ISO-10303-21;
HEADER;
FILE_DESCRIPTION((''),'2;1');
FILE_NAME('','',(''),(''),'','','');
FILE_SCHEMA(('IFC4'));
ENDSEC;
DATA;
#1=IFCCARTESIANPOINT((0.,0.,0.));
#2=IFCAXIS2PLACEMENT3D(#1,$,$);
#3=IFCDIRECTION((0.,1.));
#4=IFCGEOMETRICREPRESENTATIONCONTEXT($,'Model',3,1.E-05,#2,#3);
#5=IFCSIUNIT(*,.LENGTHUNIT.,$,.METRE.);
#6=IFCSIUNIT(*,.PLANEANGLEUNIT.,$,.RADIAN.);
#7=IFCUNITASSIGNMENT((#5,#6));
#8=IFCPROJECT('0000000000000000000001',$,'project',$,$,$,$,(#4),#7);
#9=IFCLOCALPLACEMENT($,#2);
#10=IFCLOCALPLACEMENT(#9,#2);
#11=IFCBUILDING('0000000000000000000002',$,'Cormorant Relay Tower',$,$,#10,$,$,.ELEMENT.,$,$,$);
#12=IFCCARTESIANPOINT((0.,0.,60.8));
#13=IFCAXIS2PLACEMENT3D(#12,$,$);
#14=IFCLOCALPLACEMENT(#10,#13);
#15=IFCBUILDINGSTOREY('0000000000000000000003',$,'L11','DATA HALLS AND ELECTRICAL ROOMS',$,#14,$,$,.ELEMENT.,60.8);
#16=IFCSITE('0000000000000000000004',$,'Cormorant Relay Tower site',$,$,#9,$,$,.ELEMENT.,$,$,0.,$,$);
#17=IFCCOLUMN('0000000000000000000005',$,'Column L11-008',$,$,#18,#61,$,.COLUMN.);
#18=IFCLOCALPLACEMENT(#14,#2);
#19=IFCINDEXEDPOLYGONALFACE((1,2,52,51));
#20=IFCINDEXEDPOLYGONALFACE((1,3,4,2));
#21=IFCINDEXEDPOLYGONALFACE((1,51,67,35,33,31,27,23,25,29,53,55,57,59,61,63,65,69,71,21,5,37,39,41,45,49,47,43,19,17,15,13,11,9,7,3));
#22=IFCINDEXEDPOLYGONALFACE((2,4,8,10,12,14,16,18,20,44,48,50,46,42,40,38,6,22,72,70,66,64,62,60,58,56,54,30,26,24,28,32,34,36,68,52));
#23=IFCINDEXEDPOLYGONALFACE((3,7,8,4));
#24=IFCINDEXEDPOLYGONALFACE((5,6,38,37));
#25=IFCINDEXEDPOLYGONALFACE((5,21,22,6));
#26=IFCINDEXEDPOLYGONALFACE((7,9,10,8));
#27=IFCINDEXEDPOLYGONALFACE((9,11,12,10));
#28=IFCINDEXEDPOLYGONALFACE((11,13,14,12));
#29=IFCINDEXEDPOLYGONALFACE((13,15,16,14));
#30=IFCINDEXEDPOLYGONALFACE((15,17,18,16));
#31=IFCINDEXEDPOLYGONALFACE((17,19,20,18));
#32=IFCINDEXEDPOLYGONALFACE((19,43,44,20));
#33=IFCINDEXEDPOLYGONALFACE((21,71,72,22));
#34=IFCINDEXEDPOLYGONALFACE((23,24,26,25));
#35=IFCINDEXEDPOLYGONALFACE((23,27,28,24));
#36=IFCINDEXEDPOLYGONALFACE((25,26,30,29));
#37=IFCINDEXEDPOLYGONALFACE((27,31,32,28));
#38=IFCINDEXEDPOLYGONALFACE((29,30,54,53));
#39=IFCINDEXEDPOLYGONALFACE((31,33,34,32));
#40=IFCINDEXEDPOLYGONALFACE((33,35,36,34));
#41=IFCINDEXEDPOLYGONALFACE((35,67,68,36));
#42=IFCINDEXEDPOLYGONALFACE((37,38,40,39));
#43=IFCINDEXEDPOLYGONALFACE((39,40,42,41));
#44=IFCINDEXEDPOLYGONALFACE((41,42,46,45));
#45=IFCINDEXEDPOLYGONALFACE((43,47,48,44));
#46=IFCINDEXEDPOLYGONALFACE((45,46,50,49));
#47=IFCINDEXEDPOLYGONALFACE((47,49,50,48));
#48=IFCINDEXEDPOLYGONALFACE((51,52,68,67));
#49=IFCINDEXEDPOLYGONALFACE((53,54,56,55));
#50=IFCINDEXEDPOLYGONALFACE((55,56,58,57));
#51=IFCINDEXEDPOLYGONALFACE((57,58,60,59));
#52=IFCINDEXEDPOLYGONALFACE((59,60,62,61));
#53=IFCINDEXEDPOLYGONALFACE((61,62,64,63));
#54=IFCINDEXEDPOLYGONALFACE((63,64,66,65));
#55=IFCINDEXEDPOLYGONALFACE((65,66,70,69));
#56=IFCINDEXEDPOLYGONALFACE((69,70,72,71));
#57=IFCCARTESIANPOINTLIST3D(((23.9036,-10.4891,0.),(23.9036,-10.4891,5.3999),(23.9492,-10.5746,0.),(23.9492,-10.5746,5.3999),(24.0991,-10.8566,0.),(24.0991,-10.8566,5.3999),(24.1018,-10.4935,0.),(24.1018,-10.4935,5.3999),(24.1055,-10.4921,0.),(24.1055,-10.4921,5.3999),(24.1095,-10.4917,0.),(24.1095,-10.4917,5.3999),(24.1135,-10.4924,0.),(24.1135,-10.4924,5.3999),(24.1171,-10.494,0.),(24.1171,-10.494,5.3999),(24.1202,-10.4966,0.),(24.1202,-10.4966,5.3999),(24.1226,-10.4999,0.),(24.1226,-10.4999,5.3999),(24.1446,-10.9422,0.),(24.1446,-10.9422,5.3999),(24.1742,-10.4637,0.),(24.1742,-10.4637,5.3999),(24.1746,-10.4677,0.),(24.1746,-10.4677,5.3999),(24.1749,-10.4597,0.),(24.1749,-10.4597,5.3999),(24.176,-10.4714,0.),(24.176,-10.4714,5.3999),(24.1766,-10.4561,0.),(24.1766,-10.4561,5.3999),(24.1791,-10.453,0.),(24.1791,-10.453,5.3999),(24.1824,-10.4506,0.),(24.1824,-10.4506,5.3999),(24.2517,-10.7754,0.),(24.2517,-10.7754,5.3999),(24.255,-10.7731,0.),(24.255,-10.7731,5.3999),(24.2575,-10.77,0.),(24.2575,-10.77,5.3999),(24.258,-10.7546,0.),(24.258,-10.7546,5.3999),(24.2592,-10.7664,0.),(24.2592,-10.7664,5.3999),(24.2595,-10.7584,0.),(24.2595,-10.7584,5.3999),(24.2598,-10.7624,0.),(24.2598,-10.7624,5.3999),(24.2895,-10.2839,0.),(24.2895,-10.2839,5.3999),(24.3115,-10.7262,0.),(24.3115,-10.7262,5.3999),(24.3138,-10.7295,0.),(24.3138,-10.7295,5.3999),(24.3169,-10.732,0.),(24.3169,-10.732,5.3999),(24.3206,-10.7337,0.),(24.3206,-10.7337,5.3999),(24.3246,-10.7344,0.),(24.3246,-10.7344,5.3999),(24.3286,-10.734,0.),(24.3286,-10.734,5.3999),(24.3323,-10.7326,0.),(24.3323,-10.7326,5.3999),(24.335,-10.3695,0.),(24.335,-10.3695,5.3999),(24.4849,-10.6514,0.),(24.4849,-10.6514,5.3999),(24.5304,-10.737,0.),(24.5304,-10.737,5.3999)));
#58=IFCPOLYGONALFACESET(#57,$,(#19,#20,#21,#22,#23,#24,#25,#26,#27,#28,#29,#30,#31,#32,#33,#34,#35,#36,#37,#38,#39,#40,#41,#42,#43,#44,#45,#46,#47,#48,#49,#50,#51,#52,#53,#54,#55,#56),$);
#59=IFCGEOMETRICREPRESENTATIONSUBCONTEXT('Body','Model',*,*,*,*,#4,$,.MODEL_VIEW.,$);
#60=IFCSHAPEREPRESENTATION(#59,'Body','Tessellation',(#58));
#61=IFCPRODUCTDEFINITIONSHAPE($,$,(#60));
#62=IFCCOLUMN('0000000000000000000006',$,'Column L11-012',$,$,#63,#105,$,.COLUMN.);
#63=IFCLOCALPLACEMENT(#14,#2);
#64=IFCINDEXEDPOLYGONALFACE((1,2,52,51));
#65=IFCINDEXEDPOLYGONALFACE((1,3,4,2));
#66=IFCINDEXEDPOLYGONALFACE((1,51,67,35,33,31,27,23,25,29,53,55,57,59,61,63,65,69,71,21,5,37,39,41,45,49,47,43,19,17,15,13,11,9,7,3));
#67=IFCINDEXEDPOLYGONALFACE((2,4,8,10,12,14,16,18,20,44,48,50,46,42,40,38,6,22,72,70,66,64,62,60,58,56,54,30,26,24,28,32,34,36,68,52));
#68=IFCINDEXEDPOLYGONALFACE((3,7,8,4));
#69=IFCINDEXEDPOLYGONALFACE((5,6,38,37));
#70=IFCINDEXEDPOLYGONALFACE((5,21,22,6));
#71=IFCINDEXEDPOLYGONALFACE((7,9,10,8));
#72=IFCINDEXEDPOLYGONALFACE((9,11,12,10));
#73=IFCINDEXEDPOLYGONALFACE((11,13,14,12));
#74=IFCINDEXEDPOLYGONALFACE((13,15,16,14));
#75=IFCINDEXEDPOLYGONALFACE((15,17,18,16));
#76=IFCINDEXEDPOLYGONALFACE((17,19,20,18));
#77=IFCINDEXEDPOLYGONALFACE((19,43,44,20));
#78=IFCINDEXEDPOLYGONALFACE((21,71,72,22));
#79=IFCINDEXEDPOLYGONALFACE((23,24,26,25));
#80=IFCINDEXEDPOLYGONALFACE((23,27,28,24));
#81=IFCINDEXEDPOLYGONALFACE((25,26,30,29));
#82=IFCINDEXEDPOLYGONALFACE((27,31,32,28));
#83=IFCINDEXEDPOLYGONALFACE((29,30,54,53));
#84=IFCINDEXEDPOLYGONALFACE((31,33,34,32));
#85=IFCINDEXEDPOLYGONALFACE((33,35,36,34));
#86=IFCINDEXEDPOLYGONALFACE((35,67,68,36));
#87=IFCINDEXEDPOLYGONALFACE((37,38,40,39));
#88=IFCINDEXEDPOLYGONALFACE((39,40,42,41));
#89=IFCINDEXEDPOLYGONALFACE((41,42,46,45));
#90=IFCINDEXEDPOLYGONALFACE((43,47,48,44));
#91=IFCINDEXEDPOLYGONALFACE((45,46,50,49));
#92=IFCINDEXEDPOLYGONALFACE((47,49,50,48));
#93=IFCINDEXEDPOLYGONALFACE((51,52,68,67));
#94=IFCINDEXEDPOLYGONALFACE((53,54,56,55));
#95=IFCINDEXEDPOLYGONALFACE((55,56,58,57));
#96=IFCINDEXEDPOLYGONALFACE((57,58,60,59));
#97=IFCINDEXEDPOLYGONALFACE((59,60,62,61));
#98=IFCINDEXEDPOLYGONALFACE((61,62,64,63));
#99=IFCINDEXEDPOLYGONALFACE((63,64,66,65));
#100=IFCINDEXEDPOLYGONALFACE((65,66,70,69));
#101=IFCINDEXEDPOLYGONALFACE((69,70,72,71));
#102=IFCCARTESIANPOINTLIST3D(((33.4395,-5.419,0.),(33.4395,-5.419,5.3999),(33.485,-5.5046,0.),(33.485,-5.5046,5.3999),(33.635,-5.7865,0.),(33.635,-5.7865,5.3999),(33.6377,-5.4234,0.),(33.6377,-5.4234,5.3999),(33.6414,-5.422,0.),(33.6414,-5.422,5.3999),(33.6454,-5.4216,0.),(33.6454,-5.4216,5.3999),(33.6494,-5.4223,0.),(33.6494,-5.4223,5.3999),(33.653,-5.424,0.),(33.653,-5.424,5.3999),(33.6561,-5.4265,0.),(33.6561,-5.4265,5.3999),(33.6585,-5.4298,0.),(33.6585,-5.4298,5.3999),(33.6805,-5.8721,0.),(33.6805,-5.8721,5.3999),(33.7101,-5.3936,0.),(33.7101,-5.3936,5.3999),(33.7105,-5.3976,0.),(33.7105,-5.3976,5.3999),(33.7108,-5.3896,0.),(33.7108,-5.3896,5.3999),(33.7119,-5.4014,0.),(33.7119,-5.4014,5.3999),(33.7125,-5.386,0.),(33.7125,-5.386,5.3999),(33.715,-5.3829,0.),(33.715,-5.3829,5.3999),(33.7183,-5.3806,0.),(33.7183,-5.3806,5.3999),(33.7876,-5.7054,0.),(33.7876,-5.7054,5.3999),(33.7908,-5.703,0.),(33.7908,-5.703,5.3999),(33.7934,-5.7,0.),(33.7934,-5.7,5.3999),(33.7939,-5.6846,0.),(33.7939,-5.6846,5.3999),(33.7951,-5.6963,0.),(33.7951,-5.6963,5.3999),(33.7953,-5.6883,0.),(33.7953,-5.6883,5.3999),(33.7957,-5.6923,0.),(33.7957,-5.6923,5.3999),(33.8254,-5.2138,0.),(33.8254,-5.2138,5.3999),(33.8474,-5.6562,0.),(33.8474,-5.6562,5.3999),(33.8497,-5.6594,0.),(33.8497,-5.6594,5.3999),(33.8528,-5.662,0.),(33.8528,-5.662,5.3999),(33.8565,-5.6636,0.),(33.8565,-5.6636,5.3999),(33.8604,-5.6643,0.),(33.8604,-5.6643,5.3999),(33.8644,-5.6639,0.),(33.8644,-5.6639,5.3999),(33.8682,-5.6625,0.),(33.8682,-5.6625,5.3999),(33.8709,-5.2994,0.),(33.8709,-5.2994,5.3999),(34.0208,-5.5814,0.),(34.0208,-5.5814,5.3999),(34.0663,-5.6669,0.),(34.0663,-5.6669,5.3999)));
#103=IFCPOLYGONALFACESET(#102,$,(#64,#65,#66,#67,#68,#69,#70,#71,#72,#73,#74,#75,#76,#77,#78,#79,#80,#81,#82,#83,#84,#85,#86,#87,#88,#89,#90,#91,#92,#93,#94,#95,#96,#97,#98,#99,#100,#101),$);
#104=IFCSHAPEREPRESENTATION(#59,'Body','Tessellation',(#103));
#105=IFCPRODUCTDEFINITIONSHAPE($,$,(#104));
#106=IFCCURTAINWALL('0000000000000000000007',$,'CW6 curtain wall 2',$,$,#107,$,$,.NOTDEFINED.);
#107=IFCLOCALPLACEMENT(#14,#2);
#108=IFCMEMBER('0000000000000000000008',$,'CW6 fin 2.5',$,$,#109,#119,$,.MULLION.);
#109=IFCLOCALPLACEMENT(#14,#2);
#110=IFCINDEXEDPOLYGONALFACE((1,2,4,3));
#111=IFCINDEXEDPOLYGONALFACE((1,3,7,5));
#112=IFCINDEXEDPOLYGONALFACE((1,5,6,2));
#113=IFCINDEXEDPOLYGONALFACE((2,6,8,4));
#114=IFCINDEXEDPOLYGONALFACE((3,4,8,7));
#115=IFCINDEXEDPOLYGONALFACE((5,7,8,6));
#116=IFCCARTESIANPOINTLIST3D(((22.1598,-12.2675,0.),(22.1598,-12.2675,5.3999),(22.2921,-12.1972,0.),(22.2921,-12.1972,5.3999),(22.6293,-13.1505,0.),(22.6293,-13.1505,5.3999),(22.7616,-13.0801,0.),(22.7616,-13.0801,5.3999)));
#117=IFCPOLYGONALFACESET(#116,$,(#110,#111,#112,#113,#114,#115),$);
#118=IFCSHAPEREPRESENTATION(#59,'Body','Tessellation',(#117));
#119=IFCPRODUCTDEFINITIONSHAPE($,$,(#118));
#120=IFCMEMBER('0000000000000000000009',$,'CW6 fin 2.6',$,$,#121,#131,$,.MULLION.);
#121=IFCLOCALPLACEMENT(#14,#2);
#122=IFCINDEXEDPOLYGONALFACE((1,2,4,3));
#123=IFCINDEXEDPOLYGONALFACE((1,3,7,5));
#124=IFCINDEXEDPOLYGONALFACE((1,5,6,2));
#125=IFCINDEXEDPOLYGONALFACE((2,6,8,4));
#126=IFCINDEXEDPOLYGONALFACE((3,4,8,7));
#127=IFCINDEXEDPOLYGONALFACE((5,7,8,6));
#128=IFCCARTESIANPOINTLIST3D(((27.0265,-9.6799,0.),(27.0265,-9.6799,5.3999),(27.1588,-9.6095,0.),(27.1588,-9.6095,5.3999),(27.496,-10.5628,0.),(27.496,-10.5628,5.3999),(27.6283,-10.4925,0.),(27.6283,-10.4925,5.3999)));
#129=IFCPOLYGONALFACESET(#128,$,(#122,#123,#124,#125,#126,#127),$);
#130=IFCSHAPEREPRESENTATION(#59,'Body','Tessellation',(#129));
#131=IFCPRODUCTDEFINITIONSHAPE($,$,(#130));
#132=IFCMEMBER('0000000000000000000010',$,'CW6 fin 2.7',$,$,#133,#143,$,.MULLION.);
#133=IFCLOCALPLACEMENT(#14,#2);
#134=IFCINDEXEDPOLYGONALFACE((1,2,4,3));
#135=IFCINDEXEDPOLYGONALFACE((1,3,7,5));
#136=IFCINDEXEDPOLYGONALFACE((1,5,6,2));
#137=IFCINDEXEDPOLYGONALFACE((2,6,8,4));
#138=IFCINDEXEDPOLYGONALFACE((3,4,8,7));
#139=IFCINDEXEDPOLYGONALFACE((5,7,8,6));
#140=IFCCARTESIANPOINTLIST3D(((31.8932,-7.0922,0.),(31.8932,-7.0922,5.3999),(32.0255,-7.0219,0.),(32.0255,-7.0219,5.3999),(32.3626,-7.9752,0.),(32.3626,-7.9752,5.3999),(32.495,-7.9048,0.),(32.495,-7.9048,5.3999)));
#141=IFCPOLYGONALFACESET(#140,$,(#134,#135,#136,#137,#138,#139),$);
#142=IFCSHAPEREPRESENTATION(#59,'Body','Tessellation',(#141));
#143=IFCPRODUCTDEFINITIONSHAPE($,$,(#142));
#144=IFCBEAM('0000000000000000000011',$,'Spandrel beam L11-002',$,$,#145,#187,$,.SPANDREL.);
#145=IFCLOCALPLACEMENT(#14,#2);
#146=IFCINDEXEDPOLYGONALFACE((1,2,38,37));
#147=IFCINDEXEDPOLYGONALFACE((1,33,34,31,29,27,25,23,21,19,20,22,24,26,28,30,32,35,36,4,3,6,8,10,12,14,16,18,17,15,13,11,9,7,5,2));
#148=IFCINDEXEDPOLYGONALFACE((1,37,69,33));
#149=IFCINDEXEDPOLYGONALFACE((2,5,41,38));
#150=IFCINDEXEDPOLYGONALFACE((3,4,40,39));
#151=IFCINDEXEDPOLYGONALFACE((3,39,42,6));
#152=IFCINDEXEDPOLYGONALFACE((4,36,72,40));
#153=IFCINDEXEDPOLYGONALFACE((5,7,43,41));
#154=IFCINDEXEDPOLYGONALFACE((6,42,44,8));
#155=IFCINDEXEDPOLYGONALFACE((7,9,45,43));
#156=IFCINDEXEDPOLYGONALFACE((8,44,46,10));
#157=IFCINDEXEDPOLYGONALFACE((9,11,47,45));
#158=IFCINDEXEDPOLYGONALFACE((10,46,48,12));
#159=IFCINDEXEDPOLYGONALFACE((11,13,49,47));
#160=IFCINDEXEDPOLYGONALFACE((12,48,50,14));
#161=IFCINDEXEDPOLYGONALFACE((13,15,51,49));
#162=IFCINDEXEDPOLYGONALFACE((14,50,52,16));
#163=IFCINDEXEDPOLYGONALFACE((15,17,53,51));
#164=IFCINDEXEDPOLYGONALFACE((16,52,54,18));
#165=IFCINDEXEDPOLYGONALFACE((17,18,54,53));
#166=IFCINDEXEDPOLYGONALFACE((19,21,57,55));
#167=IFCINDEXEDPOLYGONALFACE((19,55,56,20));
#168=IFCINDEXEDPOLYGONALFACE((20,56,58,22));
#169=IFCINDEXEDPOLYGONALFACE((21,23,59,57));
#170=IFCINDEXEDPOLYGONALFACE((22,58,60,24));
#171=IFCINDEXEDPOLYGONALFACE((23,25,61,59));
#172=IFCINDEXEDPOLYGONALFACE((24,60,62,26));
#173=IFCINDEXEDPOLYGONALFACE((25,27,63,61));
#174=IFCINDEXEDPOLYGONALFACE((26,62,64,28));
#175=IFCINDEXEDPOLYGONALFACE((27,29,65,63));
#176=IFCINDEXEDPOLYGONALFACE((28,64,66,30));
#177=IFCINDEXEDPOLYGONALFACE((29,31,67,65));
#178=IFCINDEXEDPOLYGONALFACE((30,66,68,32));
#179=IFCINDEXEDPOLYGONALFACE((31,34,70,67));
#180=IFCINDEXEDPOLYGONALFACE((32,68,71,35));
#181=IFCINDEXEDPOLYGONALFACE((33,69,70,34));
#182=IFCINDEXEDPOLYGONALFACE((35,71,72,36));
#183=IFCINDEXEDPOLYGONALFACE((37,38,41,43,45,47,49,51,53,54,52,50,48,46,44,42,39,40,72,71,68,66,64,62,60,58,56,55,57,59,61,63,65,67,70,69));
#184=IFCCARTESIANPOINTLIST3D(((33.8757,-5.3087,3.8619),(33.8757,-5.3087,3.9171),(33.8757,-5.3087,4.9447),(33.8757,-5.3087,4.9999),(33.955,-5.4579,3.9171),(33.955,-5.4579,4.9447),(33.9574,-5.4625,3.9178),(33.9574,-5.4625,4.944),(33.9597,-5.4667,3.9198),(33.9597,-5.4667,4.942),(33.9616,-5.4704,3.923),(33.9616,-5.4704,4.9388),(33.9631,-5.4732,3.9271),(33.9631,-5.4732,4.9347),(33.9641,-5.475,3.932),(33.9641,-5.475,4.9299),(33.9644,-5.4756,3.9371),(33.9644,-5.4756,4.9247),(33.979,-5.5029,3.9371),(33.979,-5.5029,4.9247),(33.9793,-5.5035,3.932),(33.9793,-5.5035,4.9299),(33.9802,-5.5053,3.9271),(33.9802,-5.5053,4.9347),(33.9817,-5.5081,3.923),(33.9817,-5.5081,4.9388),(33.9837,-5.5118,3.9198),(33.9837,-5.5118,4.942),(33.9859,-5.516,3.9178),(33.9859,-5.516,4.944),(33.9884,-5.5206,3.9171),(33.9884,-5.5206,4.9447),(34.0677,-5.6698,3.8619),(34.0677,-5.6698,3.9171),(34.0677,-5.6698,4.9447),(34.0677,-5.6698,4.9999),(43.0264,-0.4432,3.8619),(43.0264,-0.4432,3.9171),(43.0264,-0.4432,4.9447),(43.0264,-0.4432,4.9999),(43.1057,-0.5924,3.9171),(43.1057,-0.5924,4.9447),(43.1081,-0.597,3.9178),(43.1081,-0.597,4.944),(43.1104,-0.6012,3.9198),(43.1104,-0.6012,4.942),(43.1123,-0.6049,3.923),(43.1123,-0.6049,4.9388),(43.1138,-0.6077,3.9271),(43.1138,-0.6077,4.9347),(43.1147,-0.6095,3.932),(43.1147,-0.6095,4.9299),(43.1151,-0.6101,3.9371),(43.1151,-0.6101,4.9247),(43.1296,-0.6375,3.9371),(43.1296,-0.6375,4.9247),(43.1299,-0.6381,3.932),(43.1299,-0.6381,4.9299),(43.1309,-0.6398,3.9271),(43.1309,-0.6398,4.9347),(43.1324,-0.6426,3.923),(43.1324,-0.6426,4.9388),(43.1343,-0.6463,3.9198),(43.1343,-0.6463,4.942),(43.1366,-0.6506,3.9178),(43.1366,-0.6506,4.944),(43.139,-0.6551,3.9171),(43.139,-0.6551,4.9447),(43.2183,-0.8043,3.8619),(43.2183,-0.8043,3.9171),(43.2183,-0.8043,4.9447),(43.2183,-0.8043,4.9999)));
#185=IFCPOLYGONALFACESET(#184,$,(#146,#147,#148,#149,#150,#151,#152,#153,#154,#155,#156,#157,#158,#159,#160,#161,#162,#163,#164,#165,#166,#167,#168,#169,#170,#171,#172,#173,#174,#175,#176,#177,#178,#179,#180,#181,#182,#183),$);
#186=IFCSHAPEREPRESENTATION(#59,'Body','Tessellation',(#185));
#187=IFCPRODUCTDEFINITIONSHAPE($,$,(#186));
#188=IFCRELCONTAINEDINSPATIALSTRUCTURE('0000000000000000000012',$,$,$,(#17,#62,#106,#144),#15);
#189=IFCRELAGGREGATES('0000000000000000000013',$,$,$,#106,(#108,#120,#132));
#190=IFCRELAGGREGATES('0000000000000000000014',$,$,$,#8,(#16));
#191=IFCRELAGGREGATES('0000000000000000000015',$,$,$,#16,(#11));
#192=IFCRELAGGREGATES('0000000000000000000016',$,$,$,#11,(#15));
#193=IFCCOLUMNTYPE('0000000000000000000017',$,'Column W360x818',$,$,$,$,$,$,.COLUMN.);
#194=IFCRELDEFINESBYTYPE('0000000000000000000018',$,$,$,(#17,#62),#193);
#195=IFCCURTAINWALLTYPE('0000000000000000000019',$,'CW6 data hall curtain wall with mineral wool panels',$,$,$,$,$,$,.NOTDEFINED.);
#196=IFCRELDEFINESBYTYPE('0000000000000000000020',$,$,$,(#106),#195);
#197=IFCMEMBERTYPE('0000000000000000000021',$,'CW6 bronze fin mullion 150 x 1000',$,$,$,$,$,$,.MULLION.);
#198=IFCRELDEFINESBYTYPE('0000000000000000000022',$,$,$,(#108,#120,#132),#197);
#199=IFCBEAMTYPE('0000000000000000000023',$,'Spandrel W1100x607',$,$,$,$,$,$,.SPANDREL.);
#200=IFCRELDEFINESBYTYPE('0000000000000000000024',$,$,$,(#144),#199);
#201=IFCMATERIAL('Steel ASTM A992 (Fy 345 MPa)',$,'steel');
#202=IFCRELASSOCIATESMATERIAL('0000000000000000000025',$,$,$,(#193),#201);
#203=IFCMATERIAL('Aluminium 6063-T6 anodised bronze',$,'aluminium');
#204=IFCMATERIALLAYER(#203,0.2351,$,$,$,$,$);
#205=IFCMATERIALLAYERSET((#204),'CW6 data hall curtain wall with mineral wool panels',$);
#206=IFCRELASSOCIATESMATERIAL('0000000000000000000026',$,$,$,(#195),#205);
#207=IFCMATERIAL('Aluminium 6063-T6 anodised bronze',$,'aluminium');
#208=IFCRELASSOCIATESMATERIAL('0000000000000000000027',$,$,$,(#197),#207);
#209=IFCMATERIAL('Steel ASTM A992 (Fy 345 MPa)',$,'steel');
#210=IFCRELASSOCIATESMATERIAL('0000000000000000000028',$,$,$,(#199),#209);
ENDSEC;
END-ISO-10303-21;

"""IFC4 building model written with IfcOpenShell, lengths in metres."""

from ifc_helpers import new_model, si_unit, direction, frame, origin, origin_2d, place, context, subcontext, project, spatial, rectangle, i_section, extrude, material, layer, layer_set, material_profile, profile_set, type_object, element, aggregate, save


model = new_model("IFC4")

# Units and contexts
model_context = context("Model", 3, precision=1e-05, world=origin(), true_north=direction((0.0, 1.0)))
body_context = subcontext(model_context, "Body", "Model", "MODEL_VIEW")
ifc_project = project(units=[si_unit("LENGTHUNIT", "METRE"), si_unit("PLANEANGLEUNIT", "RADIAN")], contexts=[model_context])

# Site, building, storey
site_placement = place(None, origin())
site = spatial("IfcSite", under=ifc_project, at=site_placement, Name="Cormorant Relay Tower site", CompositionType="ELEMENT", RefElevation=0.0)
building_placement = place(site_placement, origin())
building = spatial("IfcBuilding", under=site, at=building_placement, Name="Cormorant Relay Tower", CompositionType="ELEMENT")
storey_placement = place(building_placement, frame((0.0, 0.0, 60.8)))
storey = spatial("IfcBuildingStorey", under=building, at=storey_placement, Name="L11", Description="DATA HALLS AND ELECTRICAL ROOMS", CompositionType="ELEMENT", Elevation=60.8)

# Columns
ifc_material_1 = material(Name="Steel ASTM A992 (Fy 345 MPa)", Category="steel")
ifc_material_profile_1 = material_profile(ifc_material_1, i_section(OverallWidth=0.437, OverallDepth=0.5132, WebThickness=0.0605, FlangeThickness=0.0969, FilletRadius=0.0154, at=origin_2d()), Name="W360x818")
ifc_profile_set_1 = profile_set([ifc_material_profile_1], Name="Steel ASTM A992 (Fy 345 MPa)")
column_type = type_object("IfcColumnType", Name="Column W360x818", PredefinedType="COLUMN", material=ifc_profile_set_1)
for number, where, z_axis, x_axis, name in (
    (1, (24.217, -10.613, 0.0), (0.0, 0.0, 1.0), (0.882948, 0.469472, 0.0), "Column L11-008"),
    (2, (33.7529, -5.543, 0.0), (0.0, 0.0, 1.0), (0.882948, 0.469472, 0.0), "Column L11-012"),
):
    element("IfcColumn", number, at=place(storey_placement, frame(where, z_axis=z_axis, x_axis=x_axis)), inside=storey, type_object=column_type, Name=name, PredefinedType="COLUMN", context=body_context, shape_type="SweptSolid", body=[
        extrude(i_section(OverallWidth=0.437, OverallDepth=0.5132, WebThickness=0.0605, FlangeThickness=0.0969, FilletRadius=0.0154, at=origin_2d()), origin(), (0.0, 0.0, 1.0), 5.3999),
    ])

# Curtain wall, members
ifc_material_2 = material(Name="Aluminium 6063-T6 anodised bronze", Category="aluminium")
ifc_layer_1 = layer(ifc_material_2, 0.2351)
ifc_layer_set_1 = layer_set([ifc_layer_1], Name="CW6 data hall curtain wall with mineral wool panels")
curtain_wall_type = type_object("IfcCurtainWallType", Name="CW6 data hall curtain wall with mineral wool panels", PredefinedType="NOTDEFINED", material=ifc_layer_set_1)
curtain_wall_placement = place(storey_placement, origin())
curtain_wall = element("IfcCurtainWall", 3, at=curtain_wall_placement, inside=storey, type_object=curtain_wall_type, Name="CW6 curtain wall 2", PredefinedType="NOTDEFINED")
ifc_material_3 = material(Name="Aluminium 6063-T6 anodised bronze", Category="aluminium")
ifc_material_profile_2 = material_profile(ifc_material_3, rectangle(XDim=0.1499, YDim=1.0, at=origin_2d()), Name="AL 150x1000")
ifc_profile_set_2 = profile_set([ifc_material_profile_2], Name="Aluminium 6063-T6 anodised bronze")
member_type = type_object("IfcMemberType", Name="CW6 bronze fin mullion 150 x 1000", PredefinedType="MULLION", material=ifc_profile_set_2)
member_1_placement = place(storey_placement, frame((22.4607, -12.6738, 0.0), z_axis=(0.0, 0.0, 1.0), x_axis=(0.882948, 0.469472, 0.0)))
member_1 = element("IfcMember", 4, at=member_1_placement, type_object=member_type, Name="CW6 fin 2.5", PredefinedType="MULLION", context=body_context, shape_type="SweptSolid", body=[
    extrude(rectangle(XDim=0.1499, YDim=1.0, at=origin_2d()), origin(), (0.0, 0.0, 1.0), 5.3999),
])
member_2_placement = place(storey_placement, frame((27.3274, -10.0862, 0.0), z_axis=(0.0, 0.0, 1.0), x_axis=(0.882948, 0.469472, 0.0)))
member_2 = element("IfcMember", 5, at=member_2_placement, type_object=member_type, Name="CW6 fin 2.6", PredefinedType="MULLION", context=body_context, shape_type="SweptSolid", body=[
    extrude(rectangle(XDim=0.1499, YDim=1.0, at=origin_2d()), origin(), (0.0, 0.0, 1.0), 5.3999),
])
member_3_placement = place(storey_placement, frame((32.1941, -7.4985, 0.0), z_axis=(0.0, 0.0, 1.0), x_axis=(0.882948, 0.469472, 0.0)))
member_3 = element("IfcMember", 6, at=member_3_placement, type_object=member_type, Name="CW6 fin 2.7", PredefinedType="MULLION", context=body_context, shape_type="SweptSolid", body=[
    extrude(rectangle(XDim=0.1499, YDim=1.0, at=origin_2d()), origin(), (0.0, 0.0, 1.0), 5.3999),
])

# Beam
ifc_material_4 = material(Name="Steel ASTM A992 (Fy 345 MPa)", Category="steel")
ifc_material_profile_3 = material_profile(ifc_material_4, i_section(OverallWidth=0.4089, OverallDepth=1.1379, WebThickness=0.031, FlangeThickness=0.0552, FilletRadius=0.02, at=origin_2d()), Name="W1100x607")
ifc_profile_set_3 = profile_set([ifc_material_profile_3], Name="Steel ASTM A992 (Fy 345 MPa)")
beam_type = type_object("IfcBeamType", Name="Spandrel W1100x607", PredefinedType="SPANDREL", material=ifc_profile_set_3)
beam_placement = place(storey_placement, frame((33.9717, -5.4893, 4.4309), z_axis=(0.882948, 0.469472, 0.0), x_axis=(-0.469472, 0.882948, 0.0)))
element("IfcBeam", 7, at=beam_placement, inside=storey, type_object=beam_type, Name="Spandrel beam L11-002", PredefinedType="SPANDREL", context=body_context, shape_type="SweptSolid", body=[
    extrude(i_section(OverallWidth=0.4089, OverallDepth=1.1379, WebThickness=0.031, FlangeThickness=0.0552, FilletRadius=0.02, at=origin_2d()), origin(), (0.0, 0.0, 1.0), 10.3638),
])

aggregate(curtain_wall, [member_1, member_2, member_3])

save(model, "model.ifc")
